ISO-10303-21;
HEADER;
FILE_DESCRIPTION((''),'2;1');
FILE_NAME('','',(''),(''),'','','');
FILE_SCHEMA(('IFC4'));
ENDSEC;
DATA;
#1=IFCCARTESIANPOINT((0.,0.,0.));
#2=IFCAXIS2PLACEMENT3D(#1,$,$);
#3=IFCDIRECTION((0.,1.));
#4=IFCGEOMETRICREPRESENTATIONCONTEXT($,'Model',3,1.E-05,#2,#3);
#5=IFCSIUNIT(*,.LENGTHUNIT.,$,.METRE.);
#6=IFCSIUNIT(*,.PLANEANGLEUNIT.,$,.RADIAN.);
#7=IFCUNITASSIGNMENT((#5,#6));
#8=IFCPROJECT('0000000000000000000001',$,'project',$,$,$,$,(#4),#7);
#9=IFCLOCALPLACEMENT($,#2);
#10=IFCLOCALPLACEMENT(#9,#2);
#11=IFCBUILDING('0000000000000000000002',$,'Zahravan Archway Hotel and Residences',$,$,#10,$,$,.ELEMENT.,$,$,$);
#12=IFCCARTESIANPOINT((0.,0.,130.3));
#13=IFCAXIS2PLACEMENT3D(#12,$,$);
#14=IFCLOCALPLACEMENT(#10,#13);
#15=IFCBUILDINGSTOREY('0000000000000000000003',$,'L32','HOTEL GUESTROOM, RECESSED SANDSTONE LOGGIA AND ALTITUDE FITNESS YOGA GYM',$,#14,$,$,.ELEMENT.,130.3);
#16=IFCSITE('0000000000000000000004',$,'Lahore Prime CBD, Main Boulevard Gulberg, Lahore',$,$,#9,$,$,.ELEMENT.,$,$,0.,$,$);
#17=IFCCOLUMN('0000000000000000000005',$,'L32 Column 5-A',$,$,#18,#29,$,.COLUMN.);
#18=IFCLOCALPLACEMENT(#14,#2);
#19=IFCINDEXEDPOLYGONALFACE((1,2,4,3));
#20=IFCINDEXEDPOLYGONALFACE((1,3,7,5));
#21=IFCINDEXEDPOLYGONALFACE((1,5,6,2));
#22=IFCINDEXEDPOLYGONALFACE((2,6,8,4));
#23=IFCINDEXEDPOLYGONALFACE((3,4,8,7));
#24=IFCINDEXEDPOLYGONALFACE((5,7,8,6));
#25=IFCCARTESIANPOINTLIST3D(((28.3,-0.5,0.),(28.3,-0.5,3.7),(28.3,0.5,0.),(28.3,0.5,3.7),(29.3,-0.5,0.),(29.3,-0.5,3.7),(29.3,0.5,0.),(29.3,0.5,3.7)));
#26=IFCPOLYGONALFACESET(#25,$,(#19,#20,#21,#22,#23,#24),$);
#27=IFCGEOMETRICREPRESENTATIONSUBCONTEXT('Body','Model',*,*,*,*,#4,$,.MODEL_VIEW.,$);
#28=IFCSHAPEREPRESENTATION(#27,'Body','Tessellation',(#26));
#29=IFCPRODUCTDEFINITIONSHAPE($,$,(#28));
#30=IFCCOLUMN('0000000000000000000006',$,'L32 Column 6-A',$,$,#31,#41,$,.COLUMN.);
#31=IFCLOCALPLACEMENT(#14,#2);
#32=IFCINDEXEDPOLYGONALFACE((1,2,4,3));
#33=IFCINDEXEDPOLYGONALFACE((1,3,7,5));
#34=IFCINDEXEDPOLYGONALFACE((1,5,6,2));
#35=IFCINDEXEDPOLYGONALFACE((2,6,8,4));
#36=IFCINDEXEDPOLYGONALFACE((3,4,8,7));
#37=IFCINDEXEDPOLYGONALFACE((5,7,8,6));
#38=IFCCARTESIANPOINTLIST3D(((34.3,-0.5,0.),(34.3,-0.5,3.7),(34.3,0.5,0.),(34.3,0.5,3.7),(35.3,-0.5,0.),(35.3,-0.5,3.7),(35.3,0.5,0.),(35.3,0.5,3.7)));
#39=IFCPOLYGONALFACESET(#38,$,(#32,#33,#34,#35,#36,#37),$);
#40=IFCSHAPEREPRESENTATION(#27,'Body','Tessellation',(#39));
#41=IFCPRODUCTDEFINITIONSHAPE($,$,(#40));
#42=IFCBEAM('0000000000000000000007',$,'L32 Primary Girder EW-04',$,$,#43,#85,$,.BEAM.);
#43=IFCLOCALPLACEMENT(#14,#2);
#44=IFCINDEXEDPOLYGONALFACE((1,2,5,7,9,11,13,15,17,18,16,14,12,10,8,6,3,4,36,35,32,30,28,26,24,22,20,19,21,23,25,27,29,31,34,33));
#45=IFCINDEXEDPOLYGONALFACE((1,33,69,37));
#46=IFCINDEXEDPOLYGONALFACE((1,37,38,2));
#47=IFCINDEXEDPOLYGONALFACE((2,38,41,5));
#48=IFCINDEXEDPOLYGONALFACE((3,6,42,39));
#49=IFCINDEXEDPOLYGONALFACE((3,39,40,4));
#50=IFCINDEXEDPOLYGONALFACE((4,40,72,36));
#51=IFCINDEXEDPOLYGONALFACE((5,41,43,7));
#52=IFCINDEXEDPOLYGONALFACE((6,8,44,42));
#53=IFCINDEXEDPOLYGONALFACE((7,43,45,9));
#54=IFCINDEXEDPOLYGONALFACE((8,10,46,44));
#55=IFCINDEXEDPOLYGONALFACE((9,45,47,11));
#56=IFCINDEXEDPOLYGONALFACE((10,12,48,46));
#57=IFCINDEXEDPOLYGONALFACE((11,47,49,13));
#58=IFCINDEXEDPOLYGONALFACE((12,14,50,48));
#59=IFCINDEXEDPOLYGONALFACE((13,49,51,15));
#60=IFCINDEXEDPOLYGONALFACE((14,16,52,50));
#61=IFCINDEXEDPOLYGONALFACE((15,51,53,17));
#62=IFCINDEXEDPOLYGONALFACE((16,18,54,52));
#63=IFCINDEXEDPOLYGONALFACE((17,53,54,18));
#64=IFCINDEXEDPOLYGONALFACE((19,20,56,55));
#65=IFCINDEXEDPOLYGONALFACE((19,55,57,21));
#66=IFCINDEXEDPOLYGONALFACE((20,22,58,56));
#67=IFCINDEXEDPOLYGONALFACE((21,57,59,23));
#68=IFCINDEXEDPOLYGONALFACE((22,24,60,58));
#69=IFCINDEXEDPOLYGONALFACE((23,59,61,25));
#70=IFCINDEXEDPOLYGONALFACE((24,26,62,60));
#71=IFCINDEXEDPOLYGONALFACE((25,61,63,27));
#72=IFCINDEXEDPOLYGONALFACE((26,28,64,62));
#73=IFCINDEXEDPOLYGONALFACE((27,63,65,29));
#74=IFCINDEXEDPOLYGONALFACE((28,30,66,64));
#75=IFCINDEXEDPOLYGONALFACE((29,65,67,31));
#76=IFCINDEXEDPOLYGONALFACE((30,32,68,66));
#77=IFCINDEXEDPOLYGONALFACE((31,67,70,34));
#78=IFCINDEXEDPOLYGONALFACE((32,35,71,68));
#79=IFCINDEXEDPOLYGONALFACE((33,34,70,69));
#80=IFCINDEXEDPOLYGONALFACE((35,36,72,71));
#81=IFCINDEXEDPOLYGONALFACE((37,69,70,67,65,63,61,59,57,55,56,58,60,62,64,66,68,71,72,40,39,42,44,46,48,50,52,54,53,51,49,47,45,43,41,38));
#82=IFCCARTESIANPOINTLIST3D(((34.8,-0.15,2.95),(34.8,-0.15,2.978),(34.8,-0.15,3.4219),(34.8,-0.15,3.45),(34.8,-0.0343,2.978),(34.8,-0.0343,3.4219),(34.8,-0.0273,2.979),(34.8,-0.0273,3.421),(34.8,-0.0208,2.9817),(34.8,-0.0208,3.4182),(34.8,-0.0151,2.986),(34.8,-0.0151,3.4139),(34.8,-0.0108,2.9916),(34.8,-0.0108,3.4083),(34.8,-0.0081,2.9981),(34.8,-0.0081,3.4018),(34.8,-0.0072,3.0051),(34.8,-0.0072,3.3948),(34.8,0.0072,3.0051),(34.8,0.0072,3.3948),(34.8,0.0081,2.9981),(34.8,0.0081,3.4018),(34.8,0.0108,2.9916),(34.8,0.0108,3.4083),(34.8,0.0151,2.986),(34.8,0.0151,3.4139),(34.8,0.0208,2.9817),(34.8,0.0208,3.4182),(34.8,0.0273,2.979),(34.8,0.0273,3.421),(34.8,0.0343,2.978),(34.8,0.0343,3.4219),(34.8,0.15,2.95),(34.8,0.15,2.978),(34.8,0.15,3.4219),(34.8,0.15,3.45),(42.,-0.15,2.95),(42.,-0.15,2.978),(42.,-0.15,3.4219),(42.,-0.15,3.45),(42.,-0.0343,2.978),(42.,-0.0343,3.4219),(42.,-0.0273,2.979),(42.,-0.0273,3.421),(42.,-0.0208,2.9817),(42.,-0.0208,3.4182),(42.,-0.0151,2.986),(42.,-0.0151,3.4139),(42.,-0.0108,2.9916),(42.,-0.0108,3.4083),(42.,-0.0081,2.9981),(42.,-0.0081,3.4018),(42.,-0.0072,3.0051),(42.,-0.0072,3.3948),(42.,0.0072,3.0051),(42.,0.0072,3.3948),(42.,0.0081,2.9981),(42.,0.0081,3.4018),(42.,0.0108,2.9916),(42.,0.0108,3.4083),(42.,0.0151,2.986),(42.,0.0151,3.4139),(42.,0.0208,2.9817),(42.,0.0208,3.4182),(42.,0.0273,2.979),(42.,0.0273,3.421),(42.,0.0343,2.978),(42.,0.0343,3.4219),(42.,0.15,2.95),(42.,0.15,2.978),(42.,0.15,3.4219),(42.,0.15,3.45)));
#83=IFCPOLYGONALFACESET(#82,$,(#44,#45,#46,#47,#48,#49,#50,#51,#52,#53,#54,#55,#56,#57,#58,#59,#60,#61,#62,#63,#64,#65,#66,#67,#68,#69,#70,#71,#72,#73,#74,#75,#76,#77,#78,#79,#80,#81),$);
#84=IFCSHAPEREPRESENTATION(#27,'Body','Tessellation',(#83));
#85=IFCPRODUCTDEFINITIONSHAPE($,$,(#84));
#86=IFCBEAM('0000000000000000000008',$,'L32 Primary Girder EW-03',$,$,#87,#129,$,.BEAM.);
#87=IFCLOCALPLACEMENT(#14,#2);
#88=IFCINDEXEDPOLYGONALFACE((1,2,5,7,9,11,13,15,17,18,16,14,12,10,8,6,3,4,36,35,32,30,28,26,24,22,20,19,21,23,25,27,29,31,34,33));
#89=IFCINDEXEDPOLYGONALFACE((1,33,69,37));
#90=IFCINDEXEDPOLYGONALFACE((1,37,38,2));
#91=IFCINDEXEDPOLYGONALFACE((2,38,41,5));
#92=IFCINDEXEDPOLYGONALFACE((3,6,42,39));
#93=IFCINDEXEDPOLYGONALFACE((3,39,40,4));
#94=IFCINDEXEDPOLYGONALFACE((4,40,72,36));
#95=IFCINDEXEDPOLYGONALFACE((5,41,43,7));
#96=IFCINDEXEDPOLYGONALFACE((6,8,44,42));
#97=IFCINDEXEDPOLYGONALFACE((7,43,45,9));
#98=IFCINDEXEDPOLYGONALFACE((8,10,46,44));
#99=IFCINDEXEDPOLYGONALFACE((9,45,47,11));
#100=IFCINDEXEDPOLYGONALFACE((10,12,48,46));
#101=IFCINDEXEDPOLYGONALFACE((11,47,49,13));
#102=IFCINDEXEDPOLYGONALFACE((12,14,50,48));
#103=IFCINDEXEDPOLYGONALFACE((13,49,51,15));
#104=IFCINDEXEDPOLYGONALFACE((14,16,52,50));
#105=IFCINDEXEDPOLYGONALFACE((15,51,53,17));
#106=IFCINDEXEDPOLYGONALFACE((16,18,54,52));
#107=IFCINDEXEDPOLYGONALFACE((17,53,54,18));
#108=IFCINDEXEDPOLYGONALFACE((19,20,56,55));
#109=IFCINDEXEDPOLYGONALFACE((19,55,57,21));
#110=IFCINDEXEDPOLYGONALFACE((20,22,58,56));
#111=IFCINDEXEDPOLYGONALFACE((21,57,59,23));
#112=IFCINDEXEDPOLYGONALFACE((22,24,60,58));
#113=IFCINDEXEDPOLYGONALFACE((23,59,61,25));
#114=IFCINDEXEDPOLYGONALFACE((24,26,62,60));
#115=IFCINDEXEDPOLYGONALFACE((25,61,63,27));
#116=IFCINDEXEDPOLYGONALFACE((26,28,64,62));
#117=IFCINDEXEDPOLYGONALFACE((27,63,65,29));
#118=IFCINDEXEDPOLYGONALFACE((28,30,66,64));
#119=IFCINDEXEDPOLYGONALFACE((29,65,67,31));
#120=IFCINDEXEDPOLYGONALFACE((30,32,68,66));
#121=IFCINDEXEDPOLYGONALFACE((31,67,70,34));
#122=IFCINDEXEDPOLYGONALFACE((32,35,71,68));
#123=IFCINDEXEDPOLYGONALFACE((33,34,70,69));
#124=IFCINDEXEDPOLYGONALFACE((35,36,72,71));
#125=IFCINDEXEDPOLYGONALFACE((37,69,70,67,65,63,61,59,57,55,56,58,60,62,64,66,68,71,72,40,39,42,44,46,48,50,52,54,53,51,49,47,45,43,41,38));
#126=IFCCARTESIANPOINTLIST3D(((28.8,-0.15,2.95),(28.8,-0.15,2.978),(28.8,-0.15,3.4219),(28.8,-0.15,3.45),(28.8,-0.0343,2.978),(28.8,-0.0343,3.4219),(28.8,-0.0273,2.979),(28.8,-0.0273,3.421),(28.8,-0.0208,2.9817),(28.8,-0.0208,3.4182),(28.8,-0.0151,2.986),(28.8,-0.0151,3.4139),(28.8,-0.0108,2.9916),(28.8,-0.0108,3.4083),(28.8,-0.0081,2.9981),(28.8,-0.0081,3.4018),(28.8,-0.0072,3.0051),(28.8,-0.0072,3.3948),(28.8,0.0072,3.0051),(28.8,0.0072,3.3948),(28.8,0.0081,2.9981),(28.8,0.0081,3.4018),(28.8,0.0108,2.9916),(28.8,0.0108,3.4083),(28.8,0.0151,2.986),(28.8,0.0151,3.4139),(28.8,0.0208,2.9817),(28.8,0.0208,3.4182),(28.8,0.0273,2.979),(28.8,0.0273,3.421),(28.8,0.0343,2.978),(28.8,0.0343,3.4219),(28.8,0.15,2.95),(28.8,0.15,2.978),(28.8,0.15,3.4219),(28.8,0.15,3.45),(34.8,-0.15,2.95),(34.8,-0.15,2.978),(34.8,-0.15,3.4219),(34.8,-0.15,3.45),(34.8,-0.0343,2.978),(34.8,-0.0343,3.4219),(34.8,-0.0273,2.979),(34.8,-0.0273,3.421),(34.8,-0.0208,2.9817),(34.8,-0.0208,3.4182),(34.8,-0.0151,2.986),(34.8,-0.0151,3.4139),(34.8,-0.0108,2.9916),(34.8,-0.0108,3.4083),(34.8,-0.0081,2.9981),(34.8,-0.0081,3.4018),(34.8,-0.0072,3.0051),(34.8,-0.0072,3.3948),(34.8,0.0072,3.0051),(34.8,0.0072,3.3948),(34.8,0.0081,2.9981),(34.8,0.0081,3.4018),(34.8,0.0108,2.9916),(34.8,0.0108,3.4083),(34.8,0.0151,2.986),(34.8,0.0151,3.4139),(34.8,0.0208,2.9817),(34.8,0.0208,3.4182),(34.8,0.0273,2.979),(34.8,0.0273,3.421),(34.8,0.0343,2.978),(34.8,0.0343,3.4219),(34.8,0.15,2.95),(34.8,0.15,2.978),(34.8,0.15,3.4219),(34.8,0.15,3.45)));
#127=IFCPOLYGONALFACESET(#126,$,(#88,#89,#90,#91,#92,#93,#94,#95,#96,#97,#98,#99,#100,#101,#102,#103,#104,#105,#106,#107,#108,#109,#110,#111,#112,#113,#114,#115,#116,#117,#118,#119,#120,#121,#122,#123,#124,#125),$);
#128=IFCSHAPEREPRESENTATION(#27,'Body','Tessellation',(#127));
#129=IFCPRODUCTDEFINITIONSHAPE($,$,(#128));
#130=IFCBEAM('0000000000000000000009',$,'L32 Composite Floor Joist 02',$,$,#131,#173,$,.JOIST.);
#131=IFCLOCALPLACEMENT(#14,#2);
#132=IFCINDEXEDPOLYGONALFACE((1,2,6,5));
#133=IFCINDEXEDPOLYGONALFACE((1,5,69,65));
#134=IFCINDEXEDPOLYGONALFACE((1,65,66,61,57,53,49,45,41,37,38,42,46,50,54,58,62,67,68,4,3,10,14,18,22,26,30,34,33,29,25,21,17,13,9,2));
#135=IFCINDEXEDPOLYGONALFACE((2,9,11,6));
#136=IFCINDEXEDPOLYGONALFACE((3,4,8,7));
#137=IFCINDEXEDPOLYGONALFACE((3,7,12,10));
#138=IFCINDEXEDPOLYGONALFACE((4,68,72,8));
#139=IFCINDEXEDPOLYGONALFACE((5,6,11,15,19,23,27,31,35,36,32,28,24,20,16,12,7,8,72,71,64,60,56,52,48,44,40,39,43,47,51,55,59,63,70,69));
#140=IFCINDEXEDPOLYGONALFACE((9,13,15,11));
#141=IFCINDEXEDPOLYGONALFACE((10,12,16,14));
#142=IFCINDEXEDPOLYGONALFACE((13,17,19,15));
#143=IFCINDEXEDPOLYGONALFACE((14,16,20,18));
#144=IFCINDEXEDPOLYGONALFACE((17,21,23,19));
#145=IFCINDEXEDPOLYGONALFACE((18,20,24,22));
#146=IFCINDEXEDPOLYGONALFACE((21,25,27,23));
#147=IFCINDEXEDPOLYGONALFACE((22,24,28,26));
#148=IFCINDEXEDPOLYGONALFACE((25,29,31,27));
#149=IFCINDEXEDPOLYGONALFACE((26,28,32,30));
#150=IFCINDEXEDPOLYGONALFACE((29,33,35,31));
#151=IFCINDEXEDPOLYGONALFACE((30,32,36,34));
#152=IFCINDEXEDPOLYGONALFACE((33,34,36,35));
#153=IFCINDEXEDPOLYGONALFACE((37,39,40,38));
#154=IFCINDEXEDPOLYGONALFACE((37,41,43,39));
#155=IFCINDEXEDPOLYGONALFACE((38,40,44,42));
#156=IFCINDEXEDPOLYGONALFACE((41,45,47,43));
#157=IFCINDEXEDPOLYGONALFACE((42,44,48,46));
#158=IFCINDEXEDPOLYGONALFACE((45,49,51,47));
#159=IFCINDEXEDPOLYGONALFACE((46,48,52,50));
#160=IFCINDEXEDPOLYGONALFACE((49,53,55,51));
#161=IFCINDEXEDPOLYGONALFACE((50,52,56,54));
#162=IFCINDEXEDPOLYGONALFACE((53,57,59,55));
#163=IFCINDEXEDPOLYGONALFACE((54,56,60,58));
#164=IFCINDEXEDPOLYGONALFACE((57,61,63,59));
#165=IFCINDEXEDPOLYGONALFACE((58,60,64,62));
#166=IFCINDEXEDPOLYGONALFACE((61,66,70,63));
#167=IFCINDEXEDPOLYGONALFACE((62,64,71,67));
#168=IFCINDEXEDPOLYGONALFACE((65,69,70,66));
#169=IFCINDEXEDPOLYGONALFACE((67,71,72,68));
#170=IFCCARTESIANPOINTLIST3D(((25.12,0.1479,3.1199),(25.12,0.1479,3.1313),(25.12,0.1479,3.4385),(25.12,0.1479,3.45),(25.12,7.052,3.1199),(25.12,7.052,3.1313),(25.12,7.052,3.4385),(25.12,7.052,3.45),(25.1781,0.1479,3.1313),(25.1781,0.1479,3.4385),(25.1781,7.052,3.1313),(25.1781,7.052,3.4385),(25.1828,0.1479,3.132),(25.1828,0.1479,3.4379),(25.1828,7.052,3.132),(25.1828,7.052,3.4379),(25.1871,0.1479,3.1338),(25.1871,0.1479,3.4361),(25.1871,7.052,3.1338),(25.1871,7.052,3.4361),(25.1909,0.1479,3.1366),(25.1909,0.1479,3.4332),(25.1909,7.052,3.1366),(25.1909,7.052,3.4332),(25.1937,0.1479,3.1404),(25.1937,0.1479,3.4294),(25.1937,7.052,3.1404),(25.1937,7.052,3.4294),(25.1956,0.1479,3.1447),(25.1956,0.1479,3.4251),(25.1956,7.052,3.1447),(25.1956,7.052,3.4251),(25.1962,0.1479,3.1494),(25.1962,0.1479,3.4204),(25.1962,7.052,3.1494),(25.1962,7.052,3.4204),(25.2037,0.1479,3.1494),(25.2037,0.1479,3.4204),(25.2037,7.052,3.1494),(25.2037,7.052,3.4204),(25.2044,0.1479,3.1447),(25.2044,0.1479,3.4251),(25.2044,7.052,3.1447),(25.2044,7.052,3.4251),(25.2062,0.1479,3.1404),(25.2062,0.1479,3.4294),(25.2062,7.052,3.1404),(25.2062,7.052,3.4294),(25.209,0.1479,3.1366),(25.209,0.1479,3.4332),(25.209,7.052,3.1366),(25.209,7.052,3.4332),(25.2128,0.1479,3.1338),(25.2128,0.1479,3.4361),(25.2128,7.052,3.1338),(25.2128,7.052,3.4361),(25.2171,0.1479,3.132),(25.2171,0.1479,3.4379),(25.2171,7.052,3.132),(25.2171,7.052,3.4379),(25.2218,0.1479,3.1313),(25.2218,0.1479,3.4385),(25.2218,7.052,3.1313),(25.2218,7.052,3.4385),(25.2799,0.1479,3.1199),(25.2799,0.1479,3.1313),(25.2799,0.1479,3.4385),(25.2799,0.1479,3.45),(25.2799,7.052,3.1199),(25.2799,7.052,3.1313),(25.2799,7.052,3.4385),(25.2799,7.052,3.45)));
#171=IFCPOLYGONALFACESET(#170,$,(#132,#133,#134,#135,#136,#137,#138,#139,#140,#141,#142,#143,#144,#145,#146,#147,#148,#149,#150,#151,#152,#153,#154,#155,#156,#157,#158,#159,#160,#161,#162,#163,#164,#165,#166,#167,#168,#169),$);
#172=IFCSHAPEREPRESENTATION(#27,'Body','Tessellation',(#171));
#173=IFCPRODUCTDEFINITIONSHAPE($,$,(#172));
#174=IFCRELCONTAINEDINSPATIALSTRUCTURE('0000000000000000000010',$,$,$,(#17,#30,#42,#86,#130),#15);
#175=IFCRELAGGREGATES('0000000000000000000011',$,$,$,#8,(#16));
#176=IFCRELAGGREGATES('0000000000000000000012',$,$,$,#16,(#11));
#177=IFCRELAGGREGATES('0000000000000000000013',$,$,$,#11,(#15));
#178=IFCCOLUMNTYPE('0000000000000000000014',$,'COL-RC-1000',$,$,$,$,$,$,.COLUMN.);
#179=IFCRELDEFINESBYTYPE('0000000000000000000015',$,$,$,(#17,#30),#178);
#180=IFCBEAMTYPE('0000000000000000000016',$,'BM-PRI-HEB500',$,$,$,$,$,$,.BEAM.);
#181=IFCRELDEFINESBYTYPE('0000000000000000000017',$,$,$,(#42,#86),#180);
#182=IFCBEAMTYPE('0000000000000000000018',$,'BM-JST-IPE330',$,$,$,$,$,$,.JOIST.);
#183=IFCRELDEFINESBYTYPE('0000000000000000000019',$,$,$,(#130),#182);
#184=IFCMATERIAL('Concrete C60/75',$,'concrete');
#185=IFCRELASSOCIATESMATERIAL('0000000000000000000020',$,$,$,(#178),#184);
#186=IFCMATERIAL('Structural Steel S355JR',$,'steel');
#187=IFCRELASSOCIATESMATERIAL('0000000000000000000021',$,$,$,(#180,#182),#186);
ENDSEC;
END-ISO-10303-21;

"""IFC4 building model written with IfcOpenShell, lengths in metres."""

from ifc_helpers import new_model, si_unit, direction, frame, origin, origin_2d, place, context, subcontext, project, spatial, rectangle, i_section, extrude, source, transform, mapped, material, material_profile, profile_set, type_object, type_shapes, element, save


model = new_model("IFC4")

# Units and contexts
model_context = context("Model", 3, precision=1e-05, world=origin(), true_north=direction((0.0, 1.0)))
body_context = subcontext(model_context, "Body", "Model", "MODEL_VIEW")
ifc_project = project(units=[si_unit("LENGTHUNIT", "METRE"), si_unit("PLANEANGLEUNIT", "RADIAN")], contexts=[model_context])

# Site, building, storey
site_placement = place(None, origin())
site = spatial("IfcSite", under=ifc_project, at=site_placement, Name="Lahore Prime CBD, Main Boulevard Gulberg, Lahore", CompositionType="ELEMENT", RefElevation=0.0)
building_placement = place(site_placement, origin())
building = spatial("IfcBuilding", under=site, at=building_placement, Name="Zahravan Archway Hotel and Residences", CompositionType="ELEMENT")
storey_placement = place(building_placement, frame((0.0, 0.0, 130.3)))
storey = spatial("IfcBuildingStorey", under=building, at=storey_placement, Name="L32", Description="HOTEL GUESTROOM, RECESSED SANDSTONE LOGGIA AND ALTITUDE FITNESS YOGA GYM", CompositionType="ELEMENT", Elevation=130.3)

# Columns
ifc_material_1 = material(Name="Concrete C60/75", Category="concrete")
ifc_material_profile_1 = material_profile(ifc_material_1, rectangle(XDim=1.0, YDim=1.0, at=origin_2d()), Name="RC-COL-1000x1000", Category="concrete")
ifc_profile_set_1 = profile_set([ifc_material_profile_1], Name="Concrete C60/75")
column_type = type_object("IfcColumnType", Name="COL-RC-1000", PredefinedType="COLUMN", material=ifc_profile_set_1)
shared_shape_1 = source(origin(), body_context, "Body", "SweptSolid", [
    extrude(rectangle(XDim=1.0, YDim=1.0, at=origin_2d()), origin(), (0.0, 0.0, 1.0), 3.7),
])
type_shapes(column_type, [shared_shape_1])
for number, where, z_axis, x_axis, name in (
    (1, (28.8, 0.0, 0.0), (0.0, 0.0, 1.0), (1.0, 0.0, 0.0), "L32 Column 5-A"),
    (2, (34.8, 0.0, 0.0), (0.0, 0.0, 1.0), (1.0, 0.0, 0.0), "L32 Column 6-A"),
):
    element("IfcColumn", number, at=place(storey_placement, frame(where, z_axis=z_axis, x_axis=x_axis)), inside=storey, type_object=column_type, Name=name, PredefinedType="COLUMN", context=body_context, shape_type="MappedRepresentation", body=[
        mapped(shared_shape_1, transform((0.0, 0.0, 0.0), scale=1.0)),
    ])

# Beams
ifc_material_2 = material(Name="Structural Steel S355JR", Category="steel")
ifc_material_profile_2 = material_profile(ifc_material_2, i_section(OverallWidth=0.3, OverallDepth=0.5, WebThickness=0.0144, FlangeThickness=0.0281, FilletRadius=0.0271, at=origin_2d()), Name="HEB 500", Category="steel")
ifc_profile_set_2 = profile_set([ifc_material_profile_2], Name="Structural Steel S355JR")
beam_type_1 = type_object("IfcBeamType", Name="BM-PRI-HEB500", PredefinedType="BEAM", material=ifc_profile_set_2)
shared_shape_2 = source(origin(), body_context, "Body", "SweptSolid", [
    extrude(i_section(OverallWidth=0.3, OverallDepth=0.5, WebThickness=0.0144, FlangeThickness=0.0281, FilletRadius=0.0271, at=origin_2d()), origin(), (0.0, 0.0, 1.0), 7.2),
])
beam_1_placement = place(storey_placement, frame((34.8, 0.0, 3.2), z_axis=(1.0, 0.0, 0.0), x_axis=(0.0, 1.0, 0.0)))
element("IfcBeam", 3, at=beam_1_placement, inside=storey, type_object=beam_type_1, Name="L32 Primary Girder EW-04", PredefinedType="BEAM", context=body_context, shape_type="MappedRepresentation", body=[
    mapped(shared_shape_2, transform((0.0, 0.0, 0.0), scale=1.0)),
])
shared_shape_3 = source(origin(), body_context, "Body", "SweptSolid", [
    extrude(i_section(OverallWidth=0.3, OverallDepth=0.5, WebThickness=0.0144, FlangeThickness=0.0281, FilletRadius=0.0271, at=origin_2d()), origin(), (0.0, 0.0, 1.0), 6.0),
])
beam_2_placement = place(storey_placement, frame((28.8, 0.0, 3.2), z_axis=(1.0, 0.0, 0.0), x_axis=(0.0, 1.0, 0.0)))
element("IfcBeam", 4, at=beam_2_placement, inside=storey, type_object=beam_type_1, Name="L32 Primary Girder EW-03", PredefinedType="BEAM", context=body_context, shape_type="MappedRepresentation", body=[
    mapped(shared_shape_3, transform((0.0, 0.0, 0.0), scale=1.0)),
])
ifc_material_profile_3 = material_profile(ifc_material_2, i_section(OverallWidth=0.1599, OverallDepth=0.3301, WebThickness=0.0076, FlangeThickness=0.0115, FilletRadius=0.0181, at=origin_2d()), Name="IPE 330", Category="steel")
ifc_profile_set_3 = profile_set([ifc_material_profile_3], Name="Structural Steel S355JR")
beam_type_2 = type_object("IfcBeamType", Name="BM-JST-IPE330", PredefinedType="JOIST", material=ifc_profile_set_3)
shared_shape_4 = source(origin(), body_context, "Body", "SweptSolid", [
    extrude(i_section(OverallWidth=0.1599, OverallDepth=0.3301, WebThickness=0.0076, FlangeThickness=0.0115, FilletRadius=0.0181, at=origin_2d()), origin(), (0.0, 0.0, 1.0), 6.9041),
])
type_shapes(beam_type_2, [shared_shape_4])
for number, where, z_axis, x_axis, name in (
    (5, (25.2, 0.1479, 3.2849), (0.0, 1.0, 0.0), (-1.0, 0.0, 0.0), "L32 Composite Floor Joist 02"),
):
    element("IfcBeam", number, at=place(storey_placement, frame(where, z_axis=z_axis, x_axis=x_axis)), inside=storey, type_object=beam_type_2, Name=name, PredefinedType="JOIST", context=body_context, shape_type="MappedRepresentation", body=[
        mapped(shared_shape_4, transform((0.0, 0.0, 0.0), scale=1.0)),
    ])

save(model, "model.ifc")
